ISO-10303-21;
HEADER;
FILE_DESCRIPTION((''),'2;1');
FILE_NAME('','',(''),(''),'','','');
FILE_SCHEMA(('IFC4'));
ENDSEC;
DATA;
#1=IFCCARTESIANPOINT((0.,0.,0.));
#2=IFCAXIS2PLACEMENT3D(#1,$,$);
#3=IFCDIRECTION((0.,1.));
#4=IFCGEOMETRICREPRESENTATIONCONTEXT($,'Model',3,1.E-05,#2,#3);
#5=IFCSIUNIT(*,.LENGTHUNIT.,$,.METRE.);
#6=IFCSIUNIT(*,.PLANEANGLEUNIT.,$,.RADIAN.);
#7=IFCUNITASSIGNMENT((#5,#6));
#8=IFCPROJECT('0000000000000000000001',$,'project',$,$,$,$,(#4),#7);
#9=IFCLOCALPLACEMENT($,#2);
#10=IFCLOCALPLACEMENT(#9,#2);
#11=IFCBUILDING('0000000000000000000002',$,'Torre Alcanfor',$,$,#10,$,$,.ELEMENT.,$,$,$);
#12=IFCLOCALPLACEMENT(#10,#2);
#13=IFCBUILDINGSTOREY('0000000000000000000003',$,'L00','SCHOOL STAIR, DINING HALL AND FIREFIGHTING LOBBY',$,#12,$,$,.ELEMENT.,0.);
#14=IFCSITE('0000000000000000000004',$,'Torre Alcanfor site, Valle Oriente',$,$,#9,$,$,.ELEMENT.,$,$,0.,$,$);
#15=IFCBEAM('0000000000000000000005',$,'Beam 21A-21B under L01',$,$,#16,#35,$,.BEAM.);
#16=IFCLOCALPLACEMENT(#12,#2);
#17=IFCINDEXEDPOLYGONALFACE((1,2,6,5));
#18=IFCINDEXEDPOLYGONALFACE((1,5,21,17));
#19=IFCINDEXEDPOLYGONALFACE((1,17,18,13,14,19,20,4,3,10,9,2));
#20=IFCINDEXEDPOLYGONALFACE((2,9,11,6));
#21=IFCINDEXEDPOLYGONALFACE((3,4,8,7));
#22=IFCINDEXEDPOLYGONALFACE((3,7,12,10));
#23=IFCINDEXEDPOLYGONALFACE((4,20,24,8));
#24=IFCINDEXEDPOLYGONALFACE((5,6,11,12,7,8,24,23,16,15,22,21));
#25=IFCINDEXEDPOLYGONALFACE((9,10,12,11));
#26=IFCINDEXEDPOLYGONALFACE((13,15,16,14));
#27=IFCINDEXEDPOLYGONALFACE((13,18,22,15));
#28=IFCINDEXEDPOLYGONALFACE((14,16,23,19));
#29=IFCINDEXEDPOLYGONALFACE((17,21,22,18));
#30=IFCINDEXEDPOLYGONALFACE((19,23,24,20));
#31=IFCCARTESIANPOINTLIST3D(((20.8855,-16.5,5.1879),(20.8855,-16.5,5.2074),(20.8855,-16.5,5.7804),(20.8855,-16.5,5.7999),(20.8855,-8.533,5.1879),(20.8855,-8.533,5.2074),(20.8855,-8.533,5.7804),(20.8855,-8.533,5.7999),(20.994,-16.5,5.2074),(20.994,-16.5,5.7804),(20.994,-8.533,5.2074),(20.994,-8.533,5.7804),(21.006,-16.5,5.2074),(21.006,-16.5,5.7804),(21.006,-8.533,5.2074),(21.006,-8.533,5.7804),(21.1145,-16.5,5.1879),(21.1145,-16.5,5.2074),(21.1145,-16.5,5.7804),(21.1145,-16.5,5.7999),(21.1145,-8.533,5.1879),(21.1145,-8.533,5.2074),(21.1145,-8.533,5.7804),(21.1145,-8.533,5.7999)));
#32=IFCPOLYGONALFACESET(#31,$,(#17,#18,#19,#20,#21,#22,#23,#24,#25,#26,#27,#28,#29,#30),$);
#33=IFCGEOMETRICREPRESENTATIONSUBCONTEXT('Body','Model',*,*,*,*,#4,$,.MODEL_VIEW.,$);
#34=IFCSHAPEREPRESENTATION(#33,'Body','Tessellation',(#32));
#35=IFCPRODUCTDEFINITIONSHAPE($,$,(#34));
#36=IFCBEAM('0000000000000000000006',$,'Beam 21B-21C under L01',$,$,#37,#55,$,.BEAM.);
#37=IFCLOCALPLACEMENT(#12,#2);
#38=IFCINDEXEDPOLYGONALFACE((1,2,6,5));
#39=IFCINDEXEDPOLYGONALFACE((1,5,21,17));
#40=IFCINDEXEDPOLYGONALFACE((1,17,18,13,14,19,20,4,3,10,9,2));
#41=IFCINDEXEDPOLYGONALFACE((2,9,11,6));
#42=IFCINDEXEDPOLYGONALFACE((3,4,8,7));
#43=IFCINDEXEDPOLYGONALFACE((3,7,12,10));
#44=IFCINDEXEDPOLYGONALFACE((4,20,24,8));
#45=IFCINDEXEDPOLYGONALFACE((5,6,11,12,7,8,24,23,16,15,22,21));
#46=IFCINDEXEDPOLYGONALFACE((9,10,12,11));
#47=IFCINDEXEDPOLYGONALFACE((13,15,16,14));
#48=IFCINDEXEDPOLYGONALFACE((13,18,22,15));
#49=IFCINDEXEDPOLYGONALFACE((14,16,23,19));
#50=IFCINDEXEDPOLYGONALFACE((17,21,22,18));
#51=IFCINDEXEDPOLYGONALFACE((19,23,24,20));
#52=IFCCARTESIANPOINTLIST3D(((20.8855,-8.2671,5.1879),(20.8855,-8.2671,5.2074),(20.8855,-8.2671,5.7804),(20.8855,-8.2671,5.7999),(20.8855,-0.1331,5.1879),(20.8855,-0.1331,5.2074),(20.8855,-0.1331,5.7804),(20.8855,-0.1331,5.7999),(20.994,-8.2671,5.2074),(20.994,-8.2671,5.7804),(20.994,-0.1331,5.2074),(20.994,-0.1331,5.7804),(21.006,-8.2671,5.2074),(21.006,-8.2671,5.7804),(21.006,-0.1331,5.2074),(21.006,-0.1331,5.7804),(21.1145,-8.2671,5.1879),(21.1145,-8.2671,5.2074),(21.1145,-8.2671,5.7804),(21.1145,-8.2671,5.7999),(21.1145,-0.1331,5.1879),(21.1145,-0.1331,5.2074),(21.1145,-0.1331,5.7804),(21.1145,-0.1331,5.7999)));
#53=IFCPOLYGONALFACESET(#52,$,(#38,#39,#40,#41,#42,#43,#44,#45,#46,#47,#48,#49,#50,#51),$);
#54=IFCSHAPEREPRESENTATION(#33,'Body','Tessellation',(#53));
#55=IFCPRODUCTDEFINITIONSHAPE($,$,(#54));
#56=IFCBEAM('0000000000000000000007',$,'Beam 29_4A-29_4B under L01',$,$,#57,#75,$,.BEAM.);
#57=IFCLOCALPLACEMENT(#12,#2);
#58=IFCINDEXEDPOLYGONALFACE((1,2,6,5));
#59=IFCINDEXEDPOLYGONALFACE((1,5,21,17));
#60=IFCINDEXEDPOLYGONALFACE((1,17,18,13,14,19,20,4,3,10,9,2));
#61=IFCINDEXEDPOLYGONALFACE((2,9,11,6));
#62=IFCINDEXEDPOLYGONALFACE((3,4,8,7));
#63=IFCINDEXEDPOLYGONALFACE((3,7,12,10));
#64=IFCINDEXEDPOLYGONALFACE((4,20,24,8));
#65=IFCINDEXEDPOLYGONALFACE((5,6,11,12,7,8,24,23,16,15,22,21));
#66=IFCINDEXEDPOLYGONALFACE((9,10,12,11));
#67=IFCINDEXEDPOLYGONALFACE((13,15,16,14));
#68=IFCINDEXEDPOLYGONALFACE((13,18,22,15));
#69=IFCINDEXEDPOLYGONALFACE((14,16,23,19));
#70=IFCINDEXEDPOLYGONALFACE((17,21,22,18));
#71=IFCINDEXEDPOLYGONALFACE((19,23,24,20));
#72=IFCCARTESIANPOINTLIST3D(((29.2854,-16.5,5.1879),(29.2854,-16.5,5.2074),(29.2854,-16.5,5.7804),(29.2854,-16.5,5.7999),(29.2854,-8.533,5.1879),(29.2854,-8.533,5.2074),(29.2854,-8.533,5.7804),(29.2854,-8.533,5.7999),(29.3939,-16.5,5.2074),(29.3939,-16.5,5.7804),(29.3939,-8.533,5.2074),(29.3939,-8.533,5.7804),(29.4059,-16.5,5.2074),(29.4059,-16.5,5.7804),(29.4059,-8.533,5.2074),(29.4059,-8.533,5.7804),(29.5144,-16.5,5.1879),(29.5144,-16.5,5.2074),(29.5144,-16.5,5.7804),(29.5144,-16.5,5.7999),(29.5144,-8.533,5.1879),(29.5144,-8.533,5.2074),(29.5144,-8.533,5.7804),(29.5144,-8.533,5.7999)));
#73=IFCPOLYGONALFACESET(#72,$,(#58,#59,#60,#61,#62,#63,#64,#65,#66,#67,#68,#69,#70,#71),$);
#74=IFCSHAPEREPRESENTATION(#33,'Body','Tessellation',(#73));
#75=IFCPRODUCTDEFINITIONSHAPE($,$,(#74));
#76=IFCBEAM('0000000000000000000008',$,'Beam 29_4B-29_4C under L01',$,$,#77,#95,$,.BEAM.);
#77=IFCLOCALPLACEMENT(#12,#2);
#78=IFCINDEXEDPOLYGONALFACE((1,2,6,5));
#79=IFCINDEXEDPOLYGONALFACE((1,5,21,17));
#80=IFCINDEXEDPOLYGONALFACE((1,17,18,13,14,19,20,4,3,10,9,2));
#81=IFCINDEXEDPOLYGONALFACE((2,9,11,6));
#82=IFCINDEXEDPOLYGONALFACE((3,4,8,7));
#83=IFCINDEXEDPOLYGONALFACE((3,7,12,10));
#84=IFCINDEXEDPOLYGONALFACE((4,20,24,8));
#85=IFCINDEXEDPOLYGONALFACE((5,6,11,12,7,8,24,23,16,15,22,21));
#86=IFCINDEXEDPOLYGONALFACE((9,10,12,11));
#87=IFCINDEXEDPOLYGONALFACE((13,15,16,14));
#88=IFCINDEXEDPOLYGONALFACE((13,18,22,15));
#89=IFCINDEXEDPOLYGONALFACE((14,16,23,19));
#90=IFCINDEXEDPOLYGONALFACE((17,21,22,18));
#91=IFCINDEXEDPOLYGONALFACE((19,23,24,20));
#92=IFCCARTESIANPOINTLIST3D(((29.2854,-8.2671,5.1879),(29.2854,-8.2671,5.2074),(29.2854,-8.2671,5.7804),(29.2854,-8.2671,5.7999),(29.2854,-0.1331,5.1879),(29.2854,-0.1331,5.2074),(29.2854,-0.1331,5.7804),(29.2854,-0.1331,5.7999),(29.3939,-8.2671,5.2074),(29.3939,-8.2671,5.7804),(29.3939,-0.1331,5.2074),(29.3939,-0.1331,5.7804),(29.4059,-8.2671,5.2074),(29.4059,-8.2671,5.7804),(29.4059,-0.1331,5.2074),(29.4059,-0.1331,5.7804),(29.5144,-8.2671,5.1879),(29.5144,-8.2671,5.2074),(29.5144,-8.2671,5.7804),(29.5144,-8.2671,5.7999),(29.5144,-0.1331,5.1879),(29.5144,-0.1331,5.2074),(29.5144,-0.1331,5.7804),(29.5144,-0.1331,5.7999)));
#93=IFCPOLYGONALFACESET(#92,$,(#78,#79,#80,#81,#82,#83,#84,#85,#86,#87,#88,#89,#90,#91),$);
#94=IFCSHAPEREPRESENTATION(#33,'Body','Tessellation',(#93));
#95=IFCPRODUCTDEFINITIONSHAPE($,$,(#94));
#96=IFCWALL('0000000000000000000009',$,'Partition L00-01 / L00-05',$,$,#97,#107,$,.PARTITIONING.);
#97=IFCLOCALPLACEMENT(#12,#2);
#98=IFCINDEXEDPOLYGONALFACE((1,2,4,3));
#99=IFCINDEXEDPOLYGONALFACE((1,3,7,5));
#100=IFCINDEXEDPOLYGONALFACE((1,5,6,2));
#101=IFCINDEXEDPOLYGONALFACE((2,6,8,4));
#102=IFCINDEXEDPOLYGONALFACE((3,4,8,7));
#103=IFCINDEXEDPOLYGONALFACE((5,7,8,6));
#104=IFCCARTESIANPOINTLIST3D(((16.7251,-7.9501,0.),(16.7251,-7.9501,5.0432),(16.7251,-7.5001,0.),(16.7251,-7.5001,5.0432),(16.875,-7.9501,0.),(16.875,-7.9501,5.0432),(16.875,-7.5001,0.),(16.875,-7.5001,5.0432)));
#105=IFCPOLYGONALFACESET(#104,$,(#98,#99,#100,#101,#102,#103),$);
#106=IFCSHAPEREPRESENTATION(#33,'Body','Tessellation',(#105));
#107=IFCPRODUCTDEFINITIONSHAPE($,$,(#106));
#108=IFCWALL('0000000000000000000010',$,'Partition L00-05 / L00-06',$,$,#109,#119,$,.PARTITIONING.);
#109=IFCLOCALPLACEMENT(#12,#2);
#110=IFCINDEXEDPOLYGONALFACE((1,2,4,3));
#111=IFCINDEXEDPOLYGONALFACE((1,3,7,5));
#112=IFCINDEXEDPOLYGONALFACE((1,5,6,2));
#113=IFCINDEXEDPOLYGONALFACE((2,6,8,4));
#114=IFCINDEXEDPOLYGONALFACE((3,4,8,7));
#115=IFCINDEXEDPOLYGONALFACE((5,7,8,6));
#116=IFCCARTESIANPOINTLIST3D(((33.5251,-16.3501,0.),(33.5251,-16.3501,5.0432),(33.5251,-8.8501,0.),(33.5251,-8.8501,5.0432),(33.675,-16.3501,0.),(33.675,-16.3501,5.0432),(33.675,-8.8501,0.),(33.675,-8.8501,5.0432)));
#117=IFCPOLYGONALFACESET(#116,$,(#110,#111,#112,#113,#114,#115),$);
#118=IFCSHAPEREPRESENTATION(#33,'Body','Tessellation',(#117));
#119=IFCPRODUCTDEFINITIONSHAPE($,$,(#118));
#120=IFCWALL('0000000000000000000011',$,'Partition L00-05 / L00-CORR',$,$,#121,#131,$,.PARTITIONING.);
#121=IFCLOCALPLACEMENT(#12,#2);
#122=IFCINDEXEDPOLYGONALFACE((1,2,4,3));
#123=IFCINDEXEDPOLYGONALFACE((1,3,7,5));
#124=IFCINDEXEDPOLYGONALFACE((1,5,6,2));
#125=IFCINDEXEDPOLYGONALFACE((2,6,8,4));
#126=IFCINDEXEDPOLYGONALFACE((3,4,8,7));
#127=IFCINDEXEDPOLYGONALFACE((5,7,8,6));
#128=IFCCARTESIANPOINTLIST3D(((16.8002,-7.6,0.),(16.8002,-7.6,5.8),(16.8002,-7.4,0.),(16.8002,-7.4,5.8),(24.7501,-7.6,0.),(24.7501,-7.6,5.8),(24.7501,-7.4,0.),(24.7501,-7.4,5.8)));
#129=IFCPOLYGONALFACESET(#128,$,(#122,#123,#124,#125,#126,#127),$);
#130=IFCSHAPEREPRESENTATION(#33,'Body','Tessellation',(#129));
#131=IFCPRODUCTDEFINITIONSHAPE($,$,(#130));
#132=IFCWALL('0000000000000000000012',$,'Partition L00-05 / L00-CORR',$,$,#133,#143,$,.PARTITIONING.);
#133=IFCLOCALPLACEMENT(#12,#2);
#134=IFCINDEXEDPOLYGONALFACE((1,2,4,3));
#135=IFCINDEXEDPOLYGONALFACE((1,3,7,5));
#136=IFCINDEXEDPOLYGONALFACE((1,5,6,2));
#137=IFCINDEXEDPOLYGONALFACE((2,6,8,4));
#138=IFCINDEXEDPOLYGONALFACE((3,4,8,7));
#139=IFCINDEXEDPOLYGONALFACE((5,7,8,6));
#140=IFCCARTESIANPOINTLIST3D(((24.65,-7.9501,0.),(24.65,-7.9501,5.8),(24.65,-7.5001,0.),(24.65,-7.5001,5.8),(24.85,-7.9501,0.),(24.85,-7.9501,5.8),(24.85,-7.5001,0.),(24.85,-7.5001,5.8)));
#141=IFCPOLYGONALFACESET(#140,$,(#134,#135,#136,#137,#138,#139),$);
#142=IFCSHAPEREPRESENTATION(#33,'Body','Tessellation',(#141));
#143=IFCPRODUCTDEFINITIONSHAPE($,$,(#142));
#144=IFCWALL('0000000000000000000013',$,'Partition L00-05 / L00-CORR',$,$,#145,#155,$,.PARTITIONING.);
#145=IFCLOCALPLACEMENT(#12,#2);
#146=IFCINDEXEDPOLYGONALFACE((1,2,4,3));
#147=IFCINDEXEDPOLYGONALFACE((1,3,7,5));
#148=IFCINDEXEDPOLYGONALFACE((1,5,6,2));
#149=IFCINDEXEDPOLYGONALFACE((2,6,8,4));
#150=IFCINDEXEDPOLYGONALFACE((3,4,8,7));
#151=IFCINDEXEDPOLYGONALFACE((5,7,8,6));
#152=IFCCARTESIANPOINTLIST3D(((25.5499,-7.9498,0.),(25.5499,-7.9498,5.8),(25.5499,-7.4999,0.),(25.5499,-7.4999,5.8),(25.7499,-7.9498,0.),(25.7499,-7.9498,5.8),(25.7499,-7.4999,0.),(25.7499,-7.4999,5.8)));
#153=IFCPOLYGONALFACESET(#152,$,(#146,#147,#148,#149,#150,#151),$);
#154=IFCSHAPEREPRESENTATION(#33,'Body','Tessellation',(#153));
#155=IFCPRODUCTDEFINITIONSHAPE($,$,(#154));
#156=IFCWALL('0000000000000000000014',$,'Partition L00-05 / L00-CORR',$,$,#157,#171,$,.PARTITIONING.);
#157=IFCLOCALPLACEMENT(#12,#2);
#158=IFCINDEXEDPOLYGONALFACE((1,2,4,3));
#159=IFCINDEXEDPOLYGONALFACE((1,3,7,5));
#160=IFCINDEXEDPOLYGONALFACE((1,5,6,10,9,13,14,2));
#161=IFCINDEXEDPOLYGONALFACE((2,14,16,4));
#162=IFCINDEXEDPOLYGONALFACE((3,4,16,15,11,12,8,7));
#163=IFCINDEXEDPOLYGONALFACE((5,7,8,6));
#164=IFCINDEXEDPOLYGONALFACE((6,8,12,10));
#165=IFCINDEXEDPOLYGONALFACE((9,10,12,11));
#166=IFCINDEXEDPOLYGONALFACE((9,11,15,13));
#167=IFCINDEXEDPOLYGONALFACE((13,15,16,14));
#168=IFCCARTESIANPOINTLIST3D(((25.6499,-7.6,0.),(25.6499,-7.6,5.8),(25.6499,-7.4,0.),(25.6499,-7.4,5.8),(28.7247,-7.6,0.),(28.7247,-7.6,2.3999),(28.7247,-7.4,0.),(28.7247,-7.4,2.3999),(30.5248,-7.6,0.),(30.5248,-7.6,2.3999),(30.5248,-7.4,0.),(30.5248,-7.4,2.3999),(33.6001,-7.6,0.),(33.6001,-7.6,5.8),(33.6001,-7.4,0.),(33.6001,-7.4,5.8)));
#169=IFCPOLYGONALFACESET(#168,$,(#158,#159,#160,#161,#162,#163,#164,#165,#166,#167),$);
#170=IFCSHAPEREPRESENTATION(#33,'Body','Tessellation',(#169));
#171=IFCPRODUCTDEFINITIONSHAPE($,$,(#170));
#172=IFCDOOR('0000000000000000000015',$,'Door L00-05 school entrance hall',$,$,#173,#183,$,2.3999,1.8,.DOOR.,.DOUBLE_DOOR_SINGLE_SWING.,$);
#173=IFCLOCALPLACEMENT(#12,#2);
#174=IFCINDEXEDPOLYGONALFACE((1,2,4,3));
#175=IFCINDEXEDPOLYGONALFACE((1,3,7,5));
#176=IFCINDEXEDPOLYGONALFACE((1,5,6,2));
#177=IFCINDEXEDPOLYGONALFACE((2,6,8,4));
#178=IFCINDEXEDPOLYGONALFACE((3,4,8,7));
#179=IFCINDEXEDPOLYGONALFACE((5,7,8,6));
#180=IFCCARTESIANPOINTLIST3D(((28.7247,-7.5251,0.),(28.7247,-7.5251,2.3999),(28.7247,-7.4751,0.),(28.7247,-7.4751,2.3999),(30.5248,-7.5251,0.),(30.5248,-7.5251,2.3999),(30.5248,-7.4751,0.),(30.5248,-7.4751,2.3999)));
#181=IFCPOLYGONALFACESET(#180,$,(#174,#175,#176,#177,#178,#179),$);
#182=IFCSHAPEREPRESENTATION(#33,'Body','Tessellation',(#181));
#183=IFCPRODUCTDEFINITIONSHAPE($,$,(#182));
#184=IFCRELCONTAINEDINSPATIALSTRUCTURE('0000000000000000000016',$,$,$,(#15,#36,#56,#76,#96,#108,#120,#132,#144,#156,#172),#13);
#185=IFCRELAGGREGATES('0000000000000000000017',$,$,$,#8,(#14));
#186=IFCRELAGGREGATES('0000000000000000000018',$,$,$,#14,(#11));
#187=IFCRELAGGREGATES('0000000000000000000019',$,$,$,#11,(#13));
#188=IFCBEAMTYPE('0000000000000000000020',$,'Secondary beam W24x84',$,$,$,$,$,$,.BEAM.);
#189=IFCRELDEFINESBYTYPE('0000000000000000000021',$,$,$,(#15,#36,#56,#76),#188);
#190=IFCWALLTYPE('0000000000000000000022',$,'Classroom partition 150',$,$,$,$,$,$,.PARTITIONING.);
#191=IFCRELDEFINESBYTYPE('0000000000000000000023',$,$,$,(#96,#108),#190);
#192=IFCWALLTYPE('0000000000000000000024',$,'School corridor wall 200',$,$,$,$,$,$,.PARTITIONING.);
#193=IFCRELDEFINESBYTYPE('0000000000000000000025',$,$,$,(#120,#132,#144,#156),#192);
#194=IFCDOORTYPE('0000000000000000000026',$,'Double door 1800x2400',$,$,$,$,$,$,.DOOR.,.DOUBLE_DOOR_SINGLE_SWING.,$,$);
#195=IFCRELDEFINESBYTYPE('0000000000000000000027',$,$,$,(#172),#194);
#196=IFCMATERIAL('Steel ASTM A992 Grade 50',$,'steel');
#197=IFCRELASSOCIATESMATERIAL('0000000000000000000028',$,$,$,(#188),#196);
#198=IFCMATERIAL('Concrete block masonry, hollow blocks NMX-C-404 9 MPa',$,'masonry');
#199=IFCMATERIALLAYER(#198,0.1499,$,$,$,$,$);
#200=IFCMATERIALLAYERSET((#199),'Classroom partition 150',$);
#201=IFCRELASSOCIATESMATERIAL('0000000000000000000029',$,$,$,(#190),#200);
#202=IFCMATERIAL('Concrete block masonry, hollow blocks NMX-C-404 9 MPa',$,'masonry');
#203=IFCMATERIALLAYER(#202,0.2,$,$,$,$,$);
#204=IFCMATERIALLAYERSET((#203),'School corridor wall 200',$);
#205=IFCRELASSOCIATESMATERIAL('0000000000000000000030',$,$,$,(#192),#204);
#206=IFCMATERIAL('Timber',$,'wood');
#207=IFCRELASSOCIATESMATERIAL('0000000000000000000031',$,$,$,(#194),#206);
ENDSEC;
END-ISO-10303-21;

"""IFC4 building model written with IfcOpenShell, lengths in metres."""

from ifc_helpers import new_model, si_unit, direction, frame, frame_2d, origin, origin_2d, place, context, subcontext, project, spatial, rectangle, i_section, extrude, material, layer, layer_set, material_profile, profile_set, type_object, element, fill, save


model = new_model("IFC4")

# Units and contexts
model_context = context("Model", 3, precision=1e-05, world=origin(), true_north=direction((0.0, 1.0)))
body_context = subcontext(model_context, "Body", "Model", "MODEL_VIEW")
ifc_project = project(units=[si_unit("LENGTHUNIT", "METRE"), si_unit("PLANEANGLEUNIT", "RADIAN")], contexts=[model_context])

# Site, building, storey
site_placement = place(None, origin())
site = spatial("IfcSite", under=ifc_project, at=site_placement, Name="Torre Alcanfor site, Valle Oriente", CompositionType="ELEMENT", RefElevation=0.0)
building_placement = place(site_placement, origin())
building = spatial("IfcBuilding", under=site, at=building_placement, Name="Torre Alcanfor", CompositionType="ELEMENT")
storey_placement = place(building_placement, origin())
storey = spatial("IfcBuildingStorey", under=building, at=storey_placement, Name="L00", Description="SCHOOL STAIR, DINING HALL AND FIREFIGHTING LOBBY", CompositionType="ELEMENT", Elevation=0.0)

# Beams
ifc_material_1 = material(Name="Steel ASTM A992 Grade 50", Category="steel")
ifc_material_profile_1 = material_profile(ifc_material_1, i_section(OverallWidth=0.229, OverallDepth=0.6121, WebThickness=0.012, FlangeThickness=0.0195, at=origin_2d()), Name="W24x84")
ifc_profile_set_1 = profile_set([ifc_material_profile_1], Name="Steel ASTM A992 Grade 50")
beam_type_1 = type_object("IfcBeamType", Name="Secondary beam W24x84", PredefinedType="BEAM", material=ifc_profile_set_1)
beam_1_placement = place(storey_placement, frame((21.0, -16.5, 5.4939), z_axis=(0.0, 1.0, 0.0), x_axis=(-1.0, 0.0, 0.0)))
element("IfcBeam", 1, at=beam_1_placement, inside=storey, type_object=beam_type_1, Name="Beam 21A-21B under L01", PredefinedType="BEAM", context=body_context, shape_type="SweptSolid", body=[
    extrude(i_section(OverallWidth=0.229, OverallDepth=0.6121, WebThickness=0.012, FlangeThickness=0.0195, at=origin_2d()), origin(), (0.0, 0.0, 1.0), 7.967),
])
beam_2_placement = place(storey_placement, frame((21.0, -8.2671, 5.4939), z_axis=(0.0, 1.0, 0.0), x_axis=(-1.0, 0.0, 0.0)))
element("IfcBeam", 2, at=beam_2_placement, inside=storey, type_object=beam_type_1, Name="Beam 21B-21C under L01", PredefinedType="BEAM", context=body_context, shape_type="SweptSolid", body=[
    extrude(i_section(OverallWidth=0.229, OverallDepth=0.6121, WebThickness=0.012, FlangeThickness=0.0195, at=origin_2d()), origin(), (0.0, 0.0, 1.0), 8.134),
])
beam_3_placement = place(storey_placement, frame((29.3999, -16.5, 5.4939), z_axis=(0.0, 1.0, 0.0), x_axis=(-1.0, 0.0, 0.0)))
element("IfcBeam", 3, at=beam_3_placement, inside=storey, type_object=beam_type_1, Name="Beam 29_4A-29_4B under L01", PredefinedType="BEAM", context=body_context, shape_type="SweptSolid", body=[
    extrude(i_section(OverallWidth=0.229, OverallDepth=0.6121, WebThickness=0.012, FlangeThickness=0.0195, at=origin_2d()), origin(), (0.0, 0.0, 1.0), 7.967),
])
beam_4_placement = place(storey_placement, frame((29.3999, -8.2671, 5.4939), z_axis=(0.0, 1.0, 0.0), x_axis=(-1.0, 0.0, 0.0)))
element("IfcBeam", 4, at=beam_4_placement, inside=storey, type_object=beam_type_1, Name="Beam 29_4B-29_4C under L01", PredefinedType="BEAM", context=body_context, shape_type="SweptSolid", body=[
    extrude(i_section(OverallWidth=0.229, OverallDepth=0.6121, WebThickness=0.012, FlangeThickness=0.0195, at=origin_2d()), origin(), (0.0, 0.0, 1.0), 8.134),
])

# Walls
ifc_material_2 = material(Name="Concrete block masonry, hollow blocks NMX-C-404 9 MPa", Category="masonry")
ifc_layer_1 = layer(ifc_material_2, 0.1499)
ifc_layer_set_1 = layer_set([ifc_layer_1], Name="Classroom partition 150")
wall_type_1 = type_object("IfcWallType", Name="Classroom partition 150", PredefinedType="PARTITIONING", material=ifc_layer_set_1)
wall_1_placement = place(storey_placement, frame((16.8, -7.5, 0.0), z_axis=(0.0, 0.0, 1.0), x_axis=(0.0, -1.0, 0.0)))
element("IfcWall", 5, at=wall_1_placement, inside=storey, type_object=wall_type_1, Name="Partition L00-01 / L00-05", PredefinedType="PARTITIONING", context=body_context, shape_type="SweptSolid", body=[
    extrude(rectangle(XDim=0.45, YDim=0.1499, at=frame_2d((0.2251, 0.0))), origin(), (0.0, 0.0, 1.0), 5.0432),
])
wall_2_placement = place(storey_placement, frame((33.6001, -8.8501, 0.0), z_axis=(0.0, 0.0, 1.0), x_axis=(0.0, -1.0, 0.0)))
element("IfcWall", 6, at=wall_2_placement, inside=storey, type_object=wall_type_1, Name="Partition L00-05 / L00-06", PredefinedType="PARTITIONING", context=body_context, shape_type="SweptSolid", body=[
    extrude(rectangle(XDim=7.5, YDim=0.1499, at=frame_2d((3.75, 0.0))), origin(), (0.0, 0.0, 1.0), 5.0432),
])
ifc_material_3 = material(Name="Concrete block masonry, hollow blocks NMX-C-404 9 MPa", Category="masonry")
ifc_layer_2 = layer(ifc_material_3, 0.2)
ifc_layer_set_2 = layer_set([ifc_layer_2], Name="School corridor wall 200")
wall_type_2 = type_object("IfcWallType", Name="School corridor wall 200", PredefinedType="PARTITIONING", material=ifc_layer_set_2)
wall_3_placement = place(storey_placement, frame((16.8, -7.5, 0.0), z_axis=(0.0, 0.0, 1.0), x_axis=(1.0, 0.0, 0.0)))
element("IfcWall", 7, at=wall_3_placement, inside=storey, type_object=wall_type_2, Name="Partition L00-05 / L00-CORR", PredefinedType="PARTITIONING", context=body_context, shape_type="SweptSolid", body=[
    extrude(rectangle(XDim=7.95, YDim=0.2, at=frame_2d((3.9751, 0.0))), origin(), (0.0, 0.0, 1.0), 5.8),
])
for number, where, z_axis, x_axis, name in (
    (8, (24.75, -7.5, 0.0), (0.0, 0.0, 1.0), (0.0, -1.0, 0.0), "Partition L00-05 / L00-CORR"),
    (9, (25.6499, -7.95, 0.0), (0.0, 0.0, 1.0), (0.0, 1.0, 0.0), "Partition L00-05 / L00-CORR"),
):
    element("IfcWall", number, at=place(storey_placement, frame(where, z_axis=z_axis, x_axis=x_axis)), inside=storey, type_object=wall_type_2, Name=name, PredefinedType="PARTITIONING", context=body_context, shape_type="SweptSolid", body=[
        extrude(rectangle(XDim=0.45, YDim=0.2, at=frame_2d((0.2251, 0.0))), origin(), (0.0, 0.0, 1.0), 5.8),
    ])

# Wall, opening, door
wall_4_placement = place(storey_placement, frame((25.6499, -7.5, 0.0), z_axis=(0.0, 0.0, 1.0), x_axis=(1.0, 0.0, 0.0)))
wall_4 = element("IfcWall", 10, at=wall_4_placement, inside=storey, type_object=wall_type_2, Name="Partition L00-05 / L00-CORR", PredefinedType="PARTITIONING", context=body_context, shape_type="SweptSolid", body=[
    extrude(rectangle(XDim=7.9502, YDim=0.2, at=frame_2d((3.9751, 0.0))), origin(), (0.0, 0.0, 1.0), 5.8),
])
opening_placement = place(wall_4_placement, frame((3.075, 0.0, 0.0)))
opening = element("IfcOpeningElement", 11, at=opening_placement, cuts=wall_4, PredefinedType="OPENING", context=body_context, shape_type="SweptSolid", body=[
    extrude(rectangle(XDim=1.8, YDim=2.3999, at=frame_2d((0.8999, 1.2))), frame((0.0, 0.1099, 0.0), z_axis=(0.0, -1.0, 0.0), x_axis=(1.0, 0.0, 0.0)), (0.0, 0.0, 1.0), 0.22),
])
ifc_material_4 = material(Name="Timber", Category="wood")
door_type = type_object("IfcDoorType", Name="Double door 1800x2400", OperationType="DOUBLE_DOOR_SINGLE_SWING", PredefinedType="DOOR", material=ifc_material_4)
door_placement = place(opening_placement, frame((1.8, 0.0, 0.0), z_axis=(0.0, 0.0, 1.0), x_axis=(-1.0, 0.0, 0.0)))
door = element("IfcDoor", 12, at=door_placement, inside=storey, type_object=door_type, Name="Door L00-05 school entrance hall", OperationType="DOUBLE_DOOR_SINGLE_SWING", OverallHeight=2.3999, OverallWidth=1.8, PredefinedType="DOOR", context=body_context, shape_type="SweptSolid", body=[
    extrude(rectangle(XDim=1.8, YDim=2.3999, at=frame_2d((0.9001, 1.2))), frame((0.0, 0.0251, 0.0), z_axis=(0.0, -1.0, 0.0), x_axis=(1.0, 0.0, 0.0)), (0.0, 0.0, 1.0), 0.05),
])
fill(opening, door)

save(model, "model.ifc")
